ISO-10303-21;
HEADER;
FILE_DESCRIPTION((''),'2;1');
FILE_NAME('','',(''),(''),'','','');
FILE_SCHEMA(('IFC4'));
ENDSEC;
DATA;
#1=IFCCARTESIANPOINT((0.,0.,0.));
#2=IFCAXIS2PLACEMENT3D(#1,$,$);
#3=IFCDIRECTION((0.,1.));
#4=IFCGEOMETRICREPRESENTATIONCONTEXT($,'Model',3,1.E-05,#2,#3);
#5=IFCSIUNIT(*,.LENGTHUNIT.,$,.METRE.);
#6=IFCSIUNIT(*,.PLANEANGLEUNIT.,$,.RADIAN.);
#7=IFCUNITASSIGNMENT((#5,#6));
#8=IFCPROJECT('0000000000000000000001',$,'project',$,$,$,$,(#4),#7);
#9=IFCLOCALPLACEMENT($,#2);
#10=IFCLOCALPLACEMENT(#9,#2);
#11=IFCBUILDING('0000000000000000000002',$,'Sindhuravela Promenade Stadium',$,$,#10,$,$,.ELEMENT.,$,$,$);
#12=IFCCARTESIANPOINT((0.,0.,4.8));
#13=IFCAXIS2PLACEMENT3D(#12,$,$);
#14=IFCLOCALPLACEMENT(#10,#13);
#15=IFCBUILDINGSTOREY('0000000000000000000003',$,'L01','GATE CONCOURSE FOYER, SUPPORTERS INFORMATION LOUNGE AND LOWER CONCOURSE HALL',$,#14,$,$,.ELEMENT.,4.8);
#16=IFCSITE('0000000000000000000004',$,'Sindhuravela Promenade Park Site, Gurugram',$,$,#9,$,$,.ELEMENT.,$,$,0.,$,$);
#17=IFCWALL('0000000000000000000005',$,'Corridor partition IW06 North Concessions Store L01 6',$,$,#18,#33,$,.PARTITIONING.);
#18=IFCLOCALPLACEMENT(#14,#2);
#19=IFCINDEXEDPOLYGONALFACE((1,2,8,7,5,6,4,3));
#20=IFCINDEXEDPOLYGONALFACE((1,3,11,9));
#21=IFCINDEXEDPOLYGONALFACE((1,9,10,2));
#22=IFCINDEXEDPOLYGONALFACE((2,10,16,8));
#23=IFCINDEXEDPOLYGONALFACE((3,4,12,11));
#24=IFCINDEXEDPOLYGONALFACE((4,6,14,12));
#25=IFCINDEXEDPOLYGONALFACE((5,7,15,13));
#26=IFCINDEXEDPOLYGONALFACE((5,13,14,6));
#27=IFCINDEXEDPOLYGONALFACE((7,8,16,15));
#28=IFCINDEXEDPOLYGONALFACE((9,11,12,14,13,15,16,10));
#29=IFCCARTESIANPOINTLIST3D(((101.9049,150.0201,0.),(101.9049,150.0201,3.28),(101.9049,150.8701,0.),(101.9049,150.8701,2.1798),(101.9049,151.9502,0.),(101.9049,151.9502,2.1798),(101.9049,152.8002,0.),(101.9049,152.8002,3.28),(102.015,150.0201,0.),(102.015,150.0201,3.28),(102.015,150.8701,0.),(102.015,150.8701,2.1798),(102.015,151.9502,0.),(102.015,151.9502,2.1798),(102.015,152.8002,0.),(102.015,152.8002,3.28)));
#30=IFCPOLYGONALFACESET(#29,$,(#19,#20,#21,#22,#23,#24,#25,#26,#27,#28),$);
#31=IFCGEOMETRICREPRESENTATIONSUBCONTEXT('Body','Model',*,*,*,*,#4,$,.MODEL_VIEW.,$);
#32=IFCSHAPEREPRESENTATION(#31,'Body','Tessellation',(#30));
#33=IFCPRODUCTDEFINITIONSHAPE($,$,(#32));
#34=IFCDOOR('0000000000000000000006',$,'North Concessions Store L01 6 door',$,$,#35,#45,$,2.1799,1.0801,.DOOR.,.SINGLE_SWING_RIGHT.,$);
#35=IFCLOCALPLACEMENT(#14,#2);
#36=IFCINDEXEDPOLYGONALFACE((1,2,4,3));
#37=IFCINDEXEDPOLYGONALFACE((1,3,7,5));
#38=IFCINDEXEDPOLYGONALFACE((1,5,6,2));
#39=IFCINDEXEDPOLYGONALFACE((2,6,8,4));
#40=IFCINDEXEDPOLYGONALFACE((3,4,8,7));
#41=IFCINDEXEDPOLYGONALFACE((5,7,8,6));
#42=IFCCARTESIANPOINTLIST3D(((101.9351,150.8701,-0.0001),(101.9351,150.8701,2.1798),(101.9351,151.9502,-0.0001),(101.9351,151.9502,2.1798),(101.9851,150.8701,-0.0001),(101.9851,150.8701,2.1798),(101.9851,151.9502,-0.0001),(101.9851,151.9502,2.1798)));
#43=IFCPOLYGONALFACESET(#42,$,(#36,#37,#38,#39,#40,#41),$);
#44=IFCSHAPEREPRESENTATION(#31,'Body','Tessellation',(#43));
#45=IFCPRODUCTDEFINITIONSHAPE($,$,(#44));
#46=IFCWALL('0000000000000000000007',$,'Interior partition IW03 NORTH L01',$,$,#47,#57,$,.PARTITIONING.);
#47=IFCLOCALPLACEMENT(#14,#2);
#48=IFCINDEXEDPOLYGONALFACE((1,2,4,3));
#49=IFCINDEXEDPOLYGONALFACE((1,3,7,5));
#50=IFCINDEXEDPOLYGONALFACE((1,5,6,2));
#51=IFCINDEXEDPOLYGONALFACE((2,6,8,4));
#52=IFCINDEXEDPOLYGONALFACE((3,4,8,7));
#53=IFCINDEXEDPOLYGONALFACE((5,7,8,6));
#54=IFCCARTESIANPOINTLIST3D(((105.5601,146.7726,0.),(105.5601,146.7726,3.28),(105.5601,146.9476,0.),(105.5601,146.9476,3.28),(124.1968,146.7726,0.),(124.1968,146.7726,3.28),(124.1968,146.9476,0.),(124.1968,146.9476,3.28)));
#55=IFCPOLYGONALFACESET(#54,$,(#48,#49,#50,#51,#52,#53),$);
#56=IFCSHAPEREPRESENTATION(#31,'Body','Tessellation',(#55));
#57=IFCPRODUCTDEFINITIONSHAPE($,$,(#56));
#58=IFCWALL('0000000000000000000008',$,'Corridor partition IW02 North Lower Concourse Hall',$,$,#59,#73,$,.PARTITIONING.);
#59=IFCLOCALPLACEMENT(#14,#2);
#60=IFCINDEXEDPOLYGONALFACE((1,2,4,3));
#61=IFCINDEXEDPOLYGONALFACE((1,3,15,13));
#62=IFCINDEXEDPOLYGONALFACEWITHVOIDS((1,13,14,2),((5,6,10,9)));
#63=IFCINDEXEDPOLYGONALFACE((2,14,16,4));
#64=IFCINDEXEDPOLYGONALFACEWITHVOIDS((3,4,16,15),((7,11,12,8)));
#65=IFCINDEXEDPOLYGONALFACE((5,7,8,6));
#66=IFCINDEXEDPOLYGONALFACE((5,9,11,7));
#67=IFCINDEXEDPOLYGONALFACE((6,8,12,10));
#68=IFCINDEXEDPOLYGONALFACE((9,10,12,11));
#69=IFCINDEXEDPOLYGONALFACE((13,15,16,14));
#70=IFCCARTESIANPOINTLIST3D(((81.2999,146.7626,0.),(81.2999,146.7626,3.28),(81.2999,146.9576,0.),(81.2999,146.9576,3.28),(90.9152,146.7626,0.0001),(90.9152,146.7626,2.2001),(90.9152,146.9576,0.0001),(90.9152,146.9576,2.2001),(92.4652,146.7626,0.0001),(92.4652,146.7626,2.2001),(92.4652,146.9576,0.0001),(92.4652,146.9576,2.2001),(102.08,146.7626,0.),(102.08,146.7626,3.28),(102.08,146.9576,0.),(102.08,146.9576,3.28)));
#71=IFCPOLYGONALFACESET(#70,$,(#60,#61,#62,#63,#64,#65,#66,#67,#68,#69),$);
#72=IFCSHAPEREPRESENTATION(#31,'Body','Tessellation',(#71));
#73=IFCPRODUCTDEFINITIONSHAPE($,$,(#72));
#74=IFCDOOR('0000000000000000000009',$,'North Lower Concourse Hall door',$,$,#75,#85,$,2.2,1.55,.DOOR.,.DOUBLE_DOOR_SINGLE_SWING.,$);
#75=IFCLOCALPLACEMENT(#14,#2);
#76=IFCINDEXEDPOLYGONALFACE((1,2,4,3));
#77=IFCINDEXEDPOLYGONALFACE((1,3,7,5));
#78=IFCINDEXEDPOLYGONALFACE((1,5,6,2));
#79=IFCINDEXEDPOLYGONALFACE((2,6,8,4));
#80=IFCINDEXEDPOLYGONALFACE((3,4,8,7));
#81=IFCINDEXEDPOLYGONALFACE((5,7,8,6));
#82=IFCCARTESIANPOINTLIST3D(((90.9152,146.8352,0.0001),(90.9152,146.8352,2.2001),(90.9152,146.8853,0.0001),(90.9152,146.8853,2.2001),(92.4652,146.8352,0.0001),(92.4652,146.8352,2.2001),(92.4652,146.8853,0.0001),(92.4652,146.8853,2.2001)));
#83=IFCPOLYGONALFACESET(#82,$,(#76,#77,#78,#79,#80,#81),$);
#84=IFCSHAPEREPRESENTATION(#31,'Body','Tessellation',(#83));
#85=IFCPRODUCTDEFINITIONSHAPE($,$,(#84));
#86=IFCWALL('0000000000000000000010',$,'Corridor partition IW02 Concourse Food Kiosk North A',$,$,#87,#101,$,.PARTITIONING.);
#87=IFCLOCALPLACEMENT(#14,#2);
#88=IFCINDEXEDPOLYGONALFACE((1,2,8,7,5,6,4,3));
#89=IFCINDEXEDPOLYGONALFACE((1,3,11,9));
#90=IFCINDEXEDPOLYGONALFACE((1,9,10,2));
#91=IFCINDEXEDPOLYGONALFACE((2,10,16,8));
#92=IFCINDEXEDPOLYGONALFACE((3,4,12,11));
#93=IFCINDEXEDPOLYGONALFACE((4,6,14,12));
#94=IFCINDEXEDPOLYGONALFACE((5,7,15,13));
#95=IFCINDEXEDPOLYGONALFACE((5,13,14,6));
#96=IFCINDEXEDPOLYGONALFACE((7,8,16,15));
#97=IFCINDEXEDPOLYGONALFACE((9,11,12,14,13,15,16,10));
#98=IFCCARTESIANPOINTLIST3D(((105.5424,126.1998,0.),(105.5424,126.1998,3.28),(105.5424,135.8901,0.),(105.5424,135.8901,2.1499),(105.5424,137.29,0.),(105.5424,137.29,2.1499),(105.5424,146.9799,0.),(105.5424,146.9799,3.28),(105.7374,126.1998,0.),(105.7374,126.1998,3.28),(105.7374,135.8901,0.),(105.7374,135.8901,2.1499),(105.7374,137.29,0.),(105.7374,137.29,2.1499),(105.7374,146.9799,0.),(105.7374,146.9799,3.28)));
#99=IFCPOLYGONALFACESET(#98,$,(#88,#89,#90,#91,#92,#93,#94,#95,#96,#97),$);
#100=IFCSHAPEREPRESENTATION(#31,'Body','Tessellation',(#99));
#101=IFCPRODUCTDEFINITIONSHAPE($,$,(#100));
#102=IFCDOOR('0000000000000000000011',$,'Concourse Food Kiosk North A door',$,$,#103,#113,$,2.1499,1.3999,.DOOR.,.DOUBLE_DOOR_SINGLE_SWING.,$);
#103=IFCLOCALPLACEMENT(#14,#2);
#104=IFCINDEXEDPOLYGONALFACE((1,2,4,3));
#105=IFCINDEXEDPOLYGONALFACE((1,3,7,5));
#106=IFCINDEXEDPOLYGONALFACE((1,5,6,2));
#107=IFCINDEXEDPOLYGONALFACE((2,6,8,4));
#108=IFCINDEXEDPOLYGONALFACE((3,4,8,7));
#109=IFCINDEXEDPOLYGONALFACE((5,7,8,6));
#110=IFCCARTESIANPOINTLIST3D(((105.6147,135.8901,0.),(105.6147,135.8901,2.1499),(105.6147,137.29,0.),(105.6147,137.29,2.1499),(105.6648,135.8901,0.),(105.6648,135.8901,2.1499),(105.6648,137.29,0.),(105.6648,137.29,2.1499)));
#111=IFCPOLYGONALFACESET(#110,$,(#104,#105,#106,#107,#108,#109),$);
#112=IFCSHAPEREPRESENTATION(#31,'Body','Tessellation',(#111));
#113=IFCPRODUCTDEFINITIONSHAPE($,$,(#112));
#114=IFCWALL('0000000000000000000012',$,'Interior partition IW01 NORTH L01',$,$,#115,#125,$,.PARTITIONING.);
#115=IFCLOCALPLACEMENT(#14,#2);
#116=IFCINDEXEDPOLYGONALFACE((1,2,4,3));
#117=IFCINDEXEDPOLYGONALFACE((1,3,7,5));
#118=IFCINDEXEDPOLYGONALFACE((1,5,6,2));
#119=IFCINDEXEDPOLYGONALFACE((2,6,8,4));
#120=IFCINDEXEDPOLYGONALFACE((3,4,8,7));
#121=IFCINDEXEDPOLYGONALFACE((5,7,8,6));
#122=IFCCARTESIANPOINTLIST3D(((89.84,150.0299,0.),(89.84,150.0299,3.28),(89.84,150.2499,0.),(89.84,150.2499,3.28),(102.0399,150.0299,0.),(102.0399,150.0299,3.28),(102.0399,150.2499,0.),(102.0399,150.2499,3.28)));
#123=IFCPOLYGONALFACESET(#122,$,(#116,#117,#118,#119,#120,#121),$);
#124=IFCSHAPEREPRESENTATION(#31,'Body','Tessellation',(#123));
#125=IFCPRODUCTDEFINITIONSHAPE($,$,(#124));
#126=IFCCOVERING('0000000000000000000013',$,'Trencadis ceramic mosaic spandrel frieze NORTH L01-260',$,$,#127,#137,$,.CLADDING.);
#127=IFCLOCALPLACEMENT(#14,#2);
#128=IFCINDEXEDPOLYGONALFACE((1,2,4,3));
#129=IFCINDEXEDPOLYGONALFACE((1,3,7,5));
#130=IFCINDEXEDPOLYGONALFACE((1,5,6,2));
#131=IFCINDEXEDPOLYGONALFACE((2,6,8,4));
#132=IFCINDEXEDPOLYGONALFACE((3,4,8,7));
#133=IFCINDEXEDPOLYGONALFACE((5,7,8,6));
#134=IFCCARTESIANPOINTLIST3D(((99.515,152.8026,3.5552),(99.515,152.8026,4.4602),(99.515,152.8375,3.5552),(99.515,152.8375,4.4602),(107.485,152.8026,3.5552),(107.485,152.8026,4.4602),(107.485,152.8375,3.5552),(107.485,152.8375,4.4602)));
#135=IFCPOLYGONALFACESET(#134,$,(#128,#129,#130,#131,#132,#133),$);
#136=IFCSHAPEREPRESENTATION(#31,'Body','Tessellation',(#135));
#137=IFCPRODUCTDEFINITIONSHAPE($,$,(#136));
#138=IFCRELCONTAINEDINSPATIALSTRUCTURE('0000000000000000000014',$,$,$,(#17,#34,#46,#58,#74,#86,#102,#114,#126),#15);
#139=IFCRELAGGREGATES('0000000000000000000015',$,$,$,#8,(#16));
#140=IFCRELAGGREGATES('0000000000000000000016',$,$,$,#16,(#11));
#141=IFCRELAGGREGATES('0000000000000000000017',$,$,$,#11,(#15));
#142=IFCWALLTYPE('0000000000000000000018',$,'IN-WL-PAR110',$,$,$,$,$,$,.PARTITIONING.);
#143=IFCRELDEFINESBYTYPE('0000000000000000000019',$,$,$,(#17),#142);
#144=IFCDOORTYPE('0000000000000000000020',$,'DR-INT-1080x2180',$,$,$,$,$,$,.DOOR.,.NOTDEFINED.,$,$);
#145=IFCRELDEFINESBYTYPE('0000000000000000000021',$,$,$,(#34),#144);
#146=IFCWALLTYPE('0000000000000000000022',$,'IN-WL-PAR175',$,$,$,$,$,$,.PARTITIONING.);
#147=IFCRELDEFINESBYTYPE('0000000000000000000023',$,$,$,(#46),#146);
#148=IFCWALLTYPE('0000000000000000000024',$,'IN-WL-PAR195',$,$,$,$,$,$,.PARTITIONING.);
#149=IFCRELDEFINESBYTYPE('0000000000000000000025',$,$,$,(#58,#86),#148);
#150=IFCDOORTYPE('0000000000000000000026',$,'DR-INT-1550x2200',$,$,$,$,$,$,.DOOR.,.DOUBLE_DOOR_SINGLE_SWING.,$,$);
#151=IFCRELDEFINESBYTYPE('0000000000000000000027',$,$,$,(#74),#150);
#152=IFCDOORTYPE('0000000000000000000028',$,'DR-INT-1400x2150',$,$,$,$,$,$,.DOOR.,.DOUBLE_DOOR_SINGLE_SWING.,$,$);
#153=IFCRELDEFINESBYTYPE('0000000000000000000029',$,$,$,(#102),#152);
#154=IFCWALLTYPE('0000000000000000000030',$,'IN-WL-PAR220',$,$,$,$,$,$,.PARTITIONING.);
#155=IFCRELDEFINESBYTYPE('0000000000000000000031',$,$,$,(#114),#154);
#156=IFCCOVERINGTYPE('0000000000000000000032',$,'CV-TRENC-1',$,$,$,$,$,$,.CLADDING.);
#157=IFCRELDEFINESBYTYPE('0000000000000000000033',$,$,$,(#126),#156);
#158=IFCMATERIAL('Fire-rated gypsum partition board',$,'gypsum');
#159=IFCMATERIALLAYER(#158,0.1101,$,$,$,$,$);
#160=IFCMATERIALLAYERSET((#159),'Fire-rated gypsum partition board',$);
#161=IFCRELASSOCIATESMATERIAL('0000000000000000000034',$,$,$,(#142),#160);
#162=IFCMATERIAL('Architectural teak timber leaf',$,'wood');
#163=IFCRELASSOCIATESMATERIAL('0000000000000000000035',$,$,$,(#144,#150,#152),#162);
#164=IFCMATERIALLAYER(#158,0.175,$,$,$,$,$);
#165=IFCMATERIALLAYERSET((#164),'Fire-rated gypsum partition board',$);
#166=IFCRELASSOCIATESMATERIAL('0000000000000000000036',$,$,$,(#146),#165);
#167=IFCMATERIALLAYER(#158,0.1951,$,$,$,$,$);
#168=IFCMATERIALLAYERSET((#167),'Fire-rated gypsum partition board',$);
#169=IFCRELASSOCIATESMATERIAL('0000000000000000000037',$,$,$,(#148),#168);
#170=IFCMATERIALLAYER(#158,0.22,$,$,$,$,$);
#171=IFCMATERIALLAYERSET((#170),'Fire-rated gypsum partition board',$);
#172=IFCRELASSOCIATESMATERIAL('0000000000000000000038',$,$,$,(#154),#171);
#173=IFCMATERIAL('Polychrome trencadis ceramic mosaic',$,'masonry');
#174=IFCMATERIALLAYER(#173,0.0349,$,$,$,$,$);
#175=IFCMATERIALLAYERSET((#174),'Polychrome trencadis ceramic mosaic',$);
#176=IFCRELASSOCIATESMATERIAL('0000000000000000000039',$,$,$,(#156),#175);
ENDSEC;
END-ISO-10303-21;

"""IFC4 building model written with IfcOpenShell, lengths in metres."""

from ifc_helpers import new_model, si_unit, direction, frame, frame_2d, origin, origin_2d, place, context, subcontext, project, spatial, rectangle, extrude, material, layer, layer_set, type_object, element, fill, save


model = new_model("IFC4")

# Units and contexts
model_context = context("Model", 3, precision=1e-05, world=origin(), true_north=direction((0.0, 1.0)))
body_context = subcontext(model_context, "Body", "Model", "MODEL_VIEW")
ifc_project = project(units=[si_unit("LENGTHUNIT", "METRE"), si_unit("PLANEANGLEUNIT", "RADIAN")], contexts=[model_context])

# Site, building, storey
site_placement = place(None, origin())
site = spatial("IfcSite", under=ifc_project, at=site_placement, Name="Sindhuravela Promenade Park Site, Gurugram", CompositionType="ELEMENT", RefElevation=0.0)
building_placement = place(site_placement, origin())
building = spatial("IfcBuilding", under=site, at=building_placement, Name="Sindhuravela Promenade Stadium", CompositionType="ELEMENT")
storey_placement = place(building_placement, frame((0.0, 0.0, 4.8)))
storey = spatial("IfcBuildingStorey", under=building, at=storey_placement, Name="L01", Description="GATE CONCOURSE FOYER, SUPPORTERS INFORMATION LOUNGE AND LOWER CONCOURSE HALL", CompositionType="ELEMENT", Elevation=4.8)

# Shared definitions
ifc_material_1 = material(Name="Fire-rated gypsum partition board", Category="gypsum")
ifc_layer_1 = layer(ifc_material_1, 0.1101)
ifc_layer_set_1 = layer_set([ifc_layer_1], Name="Fire-rated gypsum partition board")
wall_type_1 = type_object("IfcWallType", Name="IN-WL-PAR110", PredefinedType="PARTITIONING", material=ifc_layer_set_1)

# Wall, opening, door
wall_1_placement = place(storey_placement, frame((101.96, 150.02, 0.0), z_axis=(0.0, 0.0, 1.0), x_axis=(0.0, 1.0, 0.0)))
wall_1 = element("IfcWall", 1, at=wall_1_placement, inside=storey, type_object=wall_type_1, Name="Corridor partition IW06 North Concessions Store L01 6", PredefinedType="PARTITIONING", context=body_context, shape_type="SweptSolid", body=[
    extrude(rectangle(XDim=2.78, YDim=0.1101, at=frame_2d((1.3901, 0.0))), origin(), (0.0, 0.0, 1.0), 3.28),
])
opening_1_placement = place(wall_1_placement, frame((0.8501, 0.0, 0.0)))
opening_1 = element("IfcOpeningElement", 2, at=opening_1_placement, cuts=wall_1, PredefinedType="OPENING", context=body_context, shape_type="SweptSolid", body=[
    extrude(rectangle(XDim=1.0801, YDim=2.1799, at=frame_2d((0.54, 1.0898))), frame((0.0, 0.0649, 0.0), z_axis=(0.0, -1.0, 0.0), x_axis=(1.0, 0.0, 0.0)), (0.0, 0.0, 1.0), 0.1301),
])
ifc_material_2 = material(Name="Architectural teak timber leaf", Category="wood")
door_type_1 = type_object("IfcDoorType", Name="DR-INT-1080x2180", OperationType="NOTDEFINED", PredefinedType="DOOR", material=ifc_material_2)
door_1_placement = place(opening_1_placement, origin())
door_1 = element("IfcDoor", 3, at=door_1_placement, inside=storey, type_object=door_type_1, Name="North Concessions Store L01 6 door", OperationType="SINGLE_SWING_RIGHT", OverallHeight=2.1799, OverallWidth=1.0801, PredefinedType="DOOR", context=body_context, shape_type="SweptSolid", body=[
    extrude(rectangle(XDim=1.0801, YDim=2.1799, at=frame_2d((0.54, 1.0898))), frame((0.0, 0.0249, 0.0), z_axis=(0.0, -1.0, 0.0), x_axis=(1.0, 0.0, 0.0)), (0.0, 0.0, 1.0), 0.05),
])
fill(opening_1, door_1)

# Wall
ifc_layer_2 = layer(ifc_material_1, 0.175)
ifc_layer_set_2 = layer_set([ifc_layer_2], Name="Fire-rated gypsum partition board")
wall_type_2 = type_object("IfcWallType", Name="IN-WL-PAR175", PredefinedType="PARTITIONING", material=ifc_layer_set_2)
wall_2_placement = place(storey_placement, frame((105.5601, 146.8601, 0.0), z_axis=(0.0, 0.0, 1.0), x_axis=(1.0, 0.0, 0.0)))
element("IfcWall", 4, at=wall_2_placement, inside=storey, type_object=wall_type_2, Name="Interior partition IW03 NORTH L01", PredefinedType="PARTITIONING", context=body_context, shape_type="SweptSolid", body=[
    extrude(rectangle(XDim=18.6367, YDim=0.175, at=frame_2d((9.3184, 0.0))), origin(), (0.0, 0.0, 1.0), 3.28),
])

# Walls, openings, doors
ifc_layer_3 = layer(ifc_material_1, 0.1951)
ifc_layer_set_3 = layer_set([ifc_layer_3], Name="Fire-rated gypsum partition board")
wall_type_3 = type_object("IfcWallType", Name="IN-WL-PAR195", PredefinedType="PARTITIONING", material=ifc_layer_set_3)
wall_3_placement = place(storey_placement, frame((102.0801, 146.8601, 0.0), z_axis=(0.0, 0.0, 1.0), x_axis=(-1.0, 0.0, 0.0)))
wall_3 = element("IfcWall", 5, at=wall_3_placement, inside=storey, type_object=wall_type_3, Name="Corridor partition IW02 North Lower Concourse Hall", PredefinedType="PARTITIONING", context=body_context, shape_type="SweptSolid", body=[
    extrude(rectangle(XDim=20.78, YDim=0.1951, at=frame_2d((10.3901, 0.0))), origin(), (0.0, 0.0, 1.0), 3.28),
])
opening_2_placement = place(wall_3_placement, frame((9.615, 0.0, 0.0)))
opening_2 = element("IfcOpeningElement", 6, at=opening_2_placement, cuts=wall_3, PredefinedType="OPENING", context=body_context, shape_type="SweptSolid", body=[
    extrude(rectangle(XDim=1.55, YDim=2.2, at=frame_2d((0.7749, 1.1001))), frame((0.0, 0.1074, 0.0), z_axis=(0.0, -1.0, 0.0), x_axis=(1.0, 0.0, 0.0)), (0.0, 0.0, 1.0), 0.2151),
])
door_type_2 = type_object("IfcDoorType", Name="DR-INT-1550x2200", OperationType="DOUBLE_DOOR_SINGLE_SWING", PredefinedType="DOOR", material=ifc_material_2)
door_2_placement = place(opening_2_placement, origin())
door_2 = element("IfcDoor", 7, at=door_2_placement, inside=storey, type_object=door_type_2, Name="North Lower Concourse Hall door", OperationType="DOUBLE_DOOR_SINGLE_SWING", OverallHeight=2.2, OverallWidth=1.55, PredefinedType="DOOR", context=body_context, shape_type="SweptSolid", body=[
    extrude(rectangle(XDim=1.55, YDim=2.2, at=frame_2d((0.7749, 1.1001))), frame((0.0, 0.0249, 0.0), z_axis=(0.0, -1.0, 0.0), x_axis=(1.0, 0.0, 0.0)), (0.0, 0.0, 1.0), 0.05),
])
fill(opening_2, door_2)
wall_4_placement = place(storey_placement, frame((105.6399, 146.98, 0.0), z_axis=(0.0, 0.0, 1.0), x_axis=(0.0, -1.0, 0.0)))
wall_4 = element("IfcWall", 8, at=wall_4_placement, inside=storey, type_object=wall_type_3, Name="Corridor partition IW02 Concourse Food Kiosk North A", PredefinedType="PARTITIONING", context=body_context, shape_type="SweptSolid", body=[
    extrude(rectangle(XDim=20.78, YDim=0.1951, at=frame_2d((10.3901, 0.0))), origin(), (0.0, 0.0, 1.0), 3.28),
])
opening_3_placement = place(wall_4_placement, frame((9.6899, 0.0, 0.0)))
opening_3 = element("IfcOpeningElement", 9, at=opening_3_placement, cuts=wall_4, PredefinedType="OPENING", context=body_context, shape_type="SweptSolid", body=[
    extrude(rectangle(XDim=1.3999, YDim=2.1499, at=frame_2d((0.7, 1.075))), frame((0.0, 0.1074, 0.0), z_axis=(0.0, -1.0, 0.0), x_axis=(1.0, 0.0, 0.0)), (0.0, 0.0, 1.0), 0.2151),
])
door_type_3 = type_object("IfcDoorType", Name="DR-INT-1400x2150", OperationType="DOUBLE_DOOR_SINGLE_SWING", PredefinedType="DOOR", material=ifc_material_2)
door_3_placement = place(opening_3_placement, origin())
door_3 = element("IfcDoor", 10, at=door_3_placement, inside=storey, type_object=door_type_3, Name="Concourse Food Kiosk North A door", OperationType="DOUBLE_DOOR_SINGLE_SWING", OverallHeight=2.1499, OverallWidth=1.3999, PredefinedType="DOOR", context=body_context, shape_type="SweptSolid", body=[
    extrude(rectangle(XDim=1.3999, YDim=2.1499, at=frame_2d((0.7, 1.075))), frame((0.0, 0.0249, 0.0), z_axis=(0.0, -1.0, 0.0), x_axis=(1.0, 0.0, 0.0)), (0.0, 0.0, 1.0), 0.05),
])
fill(opening_3, door_3)

# Wall
ifc_layer_4 = layer(ifc_material_1, 0.22)
ifc_layer_set_4 = layer_set([ifc_layer_4], Name="Fire-rated gypsum partition board")
wall_type_4 = type_object("IfcWallType", Name="IN-WL-PAR220", PredefinedType="PARTITIONING", material=ifc_layer_set_4)
wall_5_placement = place(storey_placement, frame((102.04, 150.1399, 0.0), z_axis=(0.0, 0.0, 1.0), x_axis=(-1.0, 0.0, 0.0)))
element("IfcWall", 11, at=wall_5_placement, inside=storey, type_object=wall_type_4, Name="Interior partition IW01 NORTH L01", PredefinedType="PARTITIONING", context=body_context, shape_type="SweptSolid", body=[
    extrude(rectangle(XDim=12.2, YDim=0.22, at=frame_2d((6.1001, 0.0))), origin(), (0.0, 0.0, 1.0), 3.28),
])

# Covering
ifc_material_3 = material(Name="Polychrome trencadis ceramic mosaic", Category="masonry")
ifc_layer_5 = layer(ifc_material_3, 0.0349)
ifc_layer_set_5 = layer_set([ifc_layer_5], Name="Polychrome trencadis ceramic mosaic")
covering_type = type_object("IfcCoveringType", Name="CV-TRENC-1", PredefinedType="CLADDING", material=ifc_layer_set_5)
covering_placement = place(storey_placement, frame((103.5, 152.8201, 3.5552), z_axis=(0.0, 0.0, 1.0), x_axis=(1.0, 0.0, 0.0)))
element("IfcCovering", 12, at=covering_placement, inside=storey, type_object=covering_type, Name="Trencadis ceramic mosaic spandrel frieze NORTH L01-260", PredefinedType="CLADDING", context=body_context, shape_type="SweptSolid", body=[
    extrude(rectangle(XDim=7.97, YDim=0.0349, at=origin_2d()), origin(), (0.0, 0.0, 1.0), 0.905),
])

save(model, "model.ifc")
